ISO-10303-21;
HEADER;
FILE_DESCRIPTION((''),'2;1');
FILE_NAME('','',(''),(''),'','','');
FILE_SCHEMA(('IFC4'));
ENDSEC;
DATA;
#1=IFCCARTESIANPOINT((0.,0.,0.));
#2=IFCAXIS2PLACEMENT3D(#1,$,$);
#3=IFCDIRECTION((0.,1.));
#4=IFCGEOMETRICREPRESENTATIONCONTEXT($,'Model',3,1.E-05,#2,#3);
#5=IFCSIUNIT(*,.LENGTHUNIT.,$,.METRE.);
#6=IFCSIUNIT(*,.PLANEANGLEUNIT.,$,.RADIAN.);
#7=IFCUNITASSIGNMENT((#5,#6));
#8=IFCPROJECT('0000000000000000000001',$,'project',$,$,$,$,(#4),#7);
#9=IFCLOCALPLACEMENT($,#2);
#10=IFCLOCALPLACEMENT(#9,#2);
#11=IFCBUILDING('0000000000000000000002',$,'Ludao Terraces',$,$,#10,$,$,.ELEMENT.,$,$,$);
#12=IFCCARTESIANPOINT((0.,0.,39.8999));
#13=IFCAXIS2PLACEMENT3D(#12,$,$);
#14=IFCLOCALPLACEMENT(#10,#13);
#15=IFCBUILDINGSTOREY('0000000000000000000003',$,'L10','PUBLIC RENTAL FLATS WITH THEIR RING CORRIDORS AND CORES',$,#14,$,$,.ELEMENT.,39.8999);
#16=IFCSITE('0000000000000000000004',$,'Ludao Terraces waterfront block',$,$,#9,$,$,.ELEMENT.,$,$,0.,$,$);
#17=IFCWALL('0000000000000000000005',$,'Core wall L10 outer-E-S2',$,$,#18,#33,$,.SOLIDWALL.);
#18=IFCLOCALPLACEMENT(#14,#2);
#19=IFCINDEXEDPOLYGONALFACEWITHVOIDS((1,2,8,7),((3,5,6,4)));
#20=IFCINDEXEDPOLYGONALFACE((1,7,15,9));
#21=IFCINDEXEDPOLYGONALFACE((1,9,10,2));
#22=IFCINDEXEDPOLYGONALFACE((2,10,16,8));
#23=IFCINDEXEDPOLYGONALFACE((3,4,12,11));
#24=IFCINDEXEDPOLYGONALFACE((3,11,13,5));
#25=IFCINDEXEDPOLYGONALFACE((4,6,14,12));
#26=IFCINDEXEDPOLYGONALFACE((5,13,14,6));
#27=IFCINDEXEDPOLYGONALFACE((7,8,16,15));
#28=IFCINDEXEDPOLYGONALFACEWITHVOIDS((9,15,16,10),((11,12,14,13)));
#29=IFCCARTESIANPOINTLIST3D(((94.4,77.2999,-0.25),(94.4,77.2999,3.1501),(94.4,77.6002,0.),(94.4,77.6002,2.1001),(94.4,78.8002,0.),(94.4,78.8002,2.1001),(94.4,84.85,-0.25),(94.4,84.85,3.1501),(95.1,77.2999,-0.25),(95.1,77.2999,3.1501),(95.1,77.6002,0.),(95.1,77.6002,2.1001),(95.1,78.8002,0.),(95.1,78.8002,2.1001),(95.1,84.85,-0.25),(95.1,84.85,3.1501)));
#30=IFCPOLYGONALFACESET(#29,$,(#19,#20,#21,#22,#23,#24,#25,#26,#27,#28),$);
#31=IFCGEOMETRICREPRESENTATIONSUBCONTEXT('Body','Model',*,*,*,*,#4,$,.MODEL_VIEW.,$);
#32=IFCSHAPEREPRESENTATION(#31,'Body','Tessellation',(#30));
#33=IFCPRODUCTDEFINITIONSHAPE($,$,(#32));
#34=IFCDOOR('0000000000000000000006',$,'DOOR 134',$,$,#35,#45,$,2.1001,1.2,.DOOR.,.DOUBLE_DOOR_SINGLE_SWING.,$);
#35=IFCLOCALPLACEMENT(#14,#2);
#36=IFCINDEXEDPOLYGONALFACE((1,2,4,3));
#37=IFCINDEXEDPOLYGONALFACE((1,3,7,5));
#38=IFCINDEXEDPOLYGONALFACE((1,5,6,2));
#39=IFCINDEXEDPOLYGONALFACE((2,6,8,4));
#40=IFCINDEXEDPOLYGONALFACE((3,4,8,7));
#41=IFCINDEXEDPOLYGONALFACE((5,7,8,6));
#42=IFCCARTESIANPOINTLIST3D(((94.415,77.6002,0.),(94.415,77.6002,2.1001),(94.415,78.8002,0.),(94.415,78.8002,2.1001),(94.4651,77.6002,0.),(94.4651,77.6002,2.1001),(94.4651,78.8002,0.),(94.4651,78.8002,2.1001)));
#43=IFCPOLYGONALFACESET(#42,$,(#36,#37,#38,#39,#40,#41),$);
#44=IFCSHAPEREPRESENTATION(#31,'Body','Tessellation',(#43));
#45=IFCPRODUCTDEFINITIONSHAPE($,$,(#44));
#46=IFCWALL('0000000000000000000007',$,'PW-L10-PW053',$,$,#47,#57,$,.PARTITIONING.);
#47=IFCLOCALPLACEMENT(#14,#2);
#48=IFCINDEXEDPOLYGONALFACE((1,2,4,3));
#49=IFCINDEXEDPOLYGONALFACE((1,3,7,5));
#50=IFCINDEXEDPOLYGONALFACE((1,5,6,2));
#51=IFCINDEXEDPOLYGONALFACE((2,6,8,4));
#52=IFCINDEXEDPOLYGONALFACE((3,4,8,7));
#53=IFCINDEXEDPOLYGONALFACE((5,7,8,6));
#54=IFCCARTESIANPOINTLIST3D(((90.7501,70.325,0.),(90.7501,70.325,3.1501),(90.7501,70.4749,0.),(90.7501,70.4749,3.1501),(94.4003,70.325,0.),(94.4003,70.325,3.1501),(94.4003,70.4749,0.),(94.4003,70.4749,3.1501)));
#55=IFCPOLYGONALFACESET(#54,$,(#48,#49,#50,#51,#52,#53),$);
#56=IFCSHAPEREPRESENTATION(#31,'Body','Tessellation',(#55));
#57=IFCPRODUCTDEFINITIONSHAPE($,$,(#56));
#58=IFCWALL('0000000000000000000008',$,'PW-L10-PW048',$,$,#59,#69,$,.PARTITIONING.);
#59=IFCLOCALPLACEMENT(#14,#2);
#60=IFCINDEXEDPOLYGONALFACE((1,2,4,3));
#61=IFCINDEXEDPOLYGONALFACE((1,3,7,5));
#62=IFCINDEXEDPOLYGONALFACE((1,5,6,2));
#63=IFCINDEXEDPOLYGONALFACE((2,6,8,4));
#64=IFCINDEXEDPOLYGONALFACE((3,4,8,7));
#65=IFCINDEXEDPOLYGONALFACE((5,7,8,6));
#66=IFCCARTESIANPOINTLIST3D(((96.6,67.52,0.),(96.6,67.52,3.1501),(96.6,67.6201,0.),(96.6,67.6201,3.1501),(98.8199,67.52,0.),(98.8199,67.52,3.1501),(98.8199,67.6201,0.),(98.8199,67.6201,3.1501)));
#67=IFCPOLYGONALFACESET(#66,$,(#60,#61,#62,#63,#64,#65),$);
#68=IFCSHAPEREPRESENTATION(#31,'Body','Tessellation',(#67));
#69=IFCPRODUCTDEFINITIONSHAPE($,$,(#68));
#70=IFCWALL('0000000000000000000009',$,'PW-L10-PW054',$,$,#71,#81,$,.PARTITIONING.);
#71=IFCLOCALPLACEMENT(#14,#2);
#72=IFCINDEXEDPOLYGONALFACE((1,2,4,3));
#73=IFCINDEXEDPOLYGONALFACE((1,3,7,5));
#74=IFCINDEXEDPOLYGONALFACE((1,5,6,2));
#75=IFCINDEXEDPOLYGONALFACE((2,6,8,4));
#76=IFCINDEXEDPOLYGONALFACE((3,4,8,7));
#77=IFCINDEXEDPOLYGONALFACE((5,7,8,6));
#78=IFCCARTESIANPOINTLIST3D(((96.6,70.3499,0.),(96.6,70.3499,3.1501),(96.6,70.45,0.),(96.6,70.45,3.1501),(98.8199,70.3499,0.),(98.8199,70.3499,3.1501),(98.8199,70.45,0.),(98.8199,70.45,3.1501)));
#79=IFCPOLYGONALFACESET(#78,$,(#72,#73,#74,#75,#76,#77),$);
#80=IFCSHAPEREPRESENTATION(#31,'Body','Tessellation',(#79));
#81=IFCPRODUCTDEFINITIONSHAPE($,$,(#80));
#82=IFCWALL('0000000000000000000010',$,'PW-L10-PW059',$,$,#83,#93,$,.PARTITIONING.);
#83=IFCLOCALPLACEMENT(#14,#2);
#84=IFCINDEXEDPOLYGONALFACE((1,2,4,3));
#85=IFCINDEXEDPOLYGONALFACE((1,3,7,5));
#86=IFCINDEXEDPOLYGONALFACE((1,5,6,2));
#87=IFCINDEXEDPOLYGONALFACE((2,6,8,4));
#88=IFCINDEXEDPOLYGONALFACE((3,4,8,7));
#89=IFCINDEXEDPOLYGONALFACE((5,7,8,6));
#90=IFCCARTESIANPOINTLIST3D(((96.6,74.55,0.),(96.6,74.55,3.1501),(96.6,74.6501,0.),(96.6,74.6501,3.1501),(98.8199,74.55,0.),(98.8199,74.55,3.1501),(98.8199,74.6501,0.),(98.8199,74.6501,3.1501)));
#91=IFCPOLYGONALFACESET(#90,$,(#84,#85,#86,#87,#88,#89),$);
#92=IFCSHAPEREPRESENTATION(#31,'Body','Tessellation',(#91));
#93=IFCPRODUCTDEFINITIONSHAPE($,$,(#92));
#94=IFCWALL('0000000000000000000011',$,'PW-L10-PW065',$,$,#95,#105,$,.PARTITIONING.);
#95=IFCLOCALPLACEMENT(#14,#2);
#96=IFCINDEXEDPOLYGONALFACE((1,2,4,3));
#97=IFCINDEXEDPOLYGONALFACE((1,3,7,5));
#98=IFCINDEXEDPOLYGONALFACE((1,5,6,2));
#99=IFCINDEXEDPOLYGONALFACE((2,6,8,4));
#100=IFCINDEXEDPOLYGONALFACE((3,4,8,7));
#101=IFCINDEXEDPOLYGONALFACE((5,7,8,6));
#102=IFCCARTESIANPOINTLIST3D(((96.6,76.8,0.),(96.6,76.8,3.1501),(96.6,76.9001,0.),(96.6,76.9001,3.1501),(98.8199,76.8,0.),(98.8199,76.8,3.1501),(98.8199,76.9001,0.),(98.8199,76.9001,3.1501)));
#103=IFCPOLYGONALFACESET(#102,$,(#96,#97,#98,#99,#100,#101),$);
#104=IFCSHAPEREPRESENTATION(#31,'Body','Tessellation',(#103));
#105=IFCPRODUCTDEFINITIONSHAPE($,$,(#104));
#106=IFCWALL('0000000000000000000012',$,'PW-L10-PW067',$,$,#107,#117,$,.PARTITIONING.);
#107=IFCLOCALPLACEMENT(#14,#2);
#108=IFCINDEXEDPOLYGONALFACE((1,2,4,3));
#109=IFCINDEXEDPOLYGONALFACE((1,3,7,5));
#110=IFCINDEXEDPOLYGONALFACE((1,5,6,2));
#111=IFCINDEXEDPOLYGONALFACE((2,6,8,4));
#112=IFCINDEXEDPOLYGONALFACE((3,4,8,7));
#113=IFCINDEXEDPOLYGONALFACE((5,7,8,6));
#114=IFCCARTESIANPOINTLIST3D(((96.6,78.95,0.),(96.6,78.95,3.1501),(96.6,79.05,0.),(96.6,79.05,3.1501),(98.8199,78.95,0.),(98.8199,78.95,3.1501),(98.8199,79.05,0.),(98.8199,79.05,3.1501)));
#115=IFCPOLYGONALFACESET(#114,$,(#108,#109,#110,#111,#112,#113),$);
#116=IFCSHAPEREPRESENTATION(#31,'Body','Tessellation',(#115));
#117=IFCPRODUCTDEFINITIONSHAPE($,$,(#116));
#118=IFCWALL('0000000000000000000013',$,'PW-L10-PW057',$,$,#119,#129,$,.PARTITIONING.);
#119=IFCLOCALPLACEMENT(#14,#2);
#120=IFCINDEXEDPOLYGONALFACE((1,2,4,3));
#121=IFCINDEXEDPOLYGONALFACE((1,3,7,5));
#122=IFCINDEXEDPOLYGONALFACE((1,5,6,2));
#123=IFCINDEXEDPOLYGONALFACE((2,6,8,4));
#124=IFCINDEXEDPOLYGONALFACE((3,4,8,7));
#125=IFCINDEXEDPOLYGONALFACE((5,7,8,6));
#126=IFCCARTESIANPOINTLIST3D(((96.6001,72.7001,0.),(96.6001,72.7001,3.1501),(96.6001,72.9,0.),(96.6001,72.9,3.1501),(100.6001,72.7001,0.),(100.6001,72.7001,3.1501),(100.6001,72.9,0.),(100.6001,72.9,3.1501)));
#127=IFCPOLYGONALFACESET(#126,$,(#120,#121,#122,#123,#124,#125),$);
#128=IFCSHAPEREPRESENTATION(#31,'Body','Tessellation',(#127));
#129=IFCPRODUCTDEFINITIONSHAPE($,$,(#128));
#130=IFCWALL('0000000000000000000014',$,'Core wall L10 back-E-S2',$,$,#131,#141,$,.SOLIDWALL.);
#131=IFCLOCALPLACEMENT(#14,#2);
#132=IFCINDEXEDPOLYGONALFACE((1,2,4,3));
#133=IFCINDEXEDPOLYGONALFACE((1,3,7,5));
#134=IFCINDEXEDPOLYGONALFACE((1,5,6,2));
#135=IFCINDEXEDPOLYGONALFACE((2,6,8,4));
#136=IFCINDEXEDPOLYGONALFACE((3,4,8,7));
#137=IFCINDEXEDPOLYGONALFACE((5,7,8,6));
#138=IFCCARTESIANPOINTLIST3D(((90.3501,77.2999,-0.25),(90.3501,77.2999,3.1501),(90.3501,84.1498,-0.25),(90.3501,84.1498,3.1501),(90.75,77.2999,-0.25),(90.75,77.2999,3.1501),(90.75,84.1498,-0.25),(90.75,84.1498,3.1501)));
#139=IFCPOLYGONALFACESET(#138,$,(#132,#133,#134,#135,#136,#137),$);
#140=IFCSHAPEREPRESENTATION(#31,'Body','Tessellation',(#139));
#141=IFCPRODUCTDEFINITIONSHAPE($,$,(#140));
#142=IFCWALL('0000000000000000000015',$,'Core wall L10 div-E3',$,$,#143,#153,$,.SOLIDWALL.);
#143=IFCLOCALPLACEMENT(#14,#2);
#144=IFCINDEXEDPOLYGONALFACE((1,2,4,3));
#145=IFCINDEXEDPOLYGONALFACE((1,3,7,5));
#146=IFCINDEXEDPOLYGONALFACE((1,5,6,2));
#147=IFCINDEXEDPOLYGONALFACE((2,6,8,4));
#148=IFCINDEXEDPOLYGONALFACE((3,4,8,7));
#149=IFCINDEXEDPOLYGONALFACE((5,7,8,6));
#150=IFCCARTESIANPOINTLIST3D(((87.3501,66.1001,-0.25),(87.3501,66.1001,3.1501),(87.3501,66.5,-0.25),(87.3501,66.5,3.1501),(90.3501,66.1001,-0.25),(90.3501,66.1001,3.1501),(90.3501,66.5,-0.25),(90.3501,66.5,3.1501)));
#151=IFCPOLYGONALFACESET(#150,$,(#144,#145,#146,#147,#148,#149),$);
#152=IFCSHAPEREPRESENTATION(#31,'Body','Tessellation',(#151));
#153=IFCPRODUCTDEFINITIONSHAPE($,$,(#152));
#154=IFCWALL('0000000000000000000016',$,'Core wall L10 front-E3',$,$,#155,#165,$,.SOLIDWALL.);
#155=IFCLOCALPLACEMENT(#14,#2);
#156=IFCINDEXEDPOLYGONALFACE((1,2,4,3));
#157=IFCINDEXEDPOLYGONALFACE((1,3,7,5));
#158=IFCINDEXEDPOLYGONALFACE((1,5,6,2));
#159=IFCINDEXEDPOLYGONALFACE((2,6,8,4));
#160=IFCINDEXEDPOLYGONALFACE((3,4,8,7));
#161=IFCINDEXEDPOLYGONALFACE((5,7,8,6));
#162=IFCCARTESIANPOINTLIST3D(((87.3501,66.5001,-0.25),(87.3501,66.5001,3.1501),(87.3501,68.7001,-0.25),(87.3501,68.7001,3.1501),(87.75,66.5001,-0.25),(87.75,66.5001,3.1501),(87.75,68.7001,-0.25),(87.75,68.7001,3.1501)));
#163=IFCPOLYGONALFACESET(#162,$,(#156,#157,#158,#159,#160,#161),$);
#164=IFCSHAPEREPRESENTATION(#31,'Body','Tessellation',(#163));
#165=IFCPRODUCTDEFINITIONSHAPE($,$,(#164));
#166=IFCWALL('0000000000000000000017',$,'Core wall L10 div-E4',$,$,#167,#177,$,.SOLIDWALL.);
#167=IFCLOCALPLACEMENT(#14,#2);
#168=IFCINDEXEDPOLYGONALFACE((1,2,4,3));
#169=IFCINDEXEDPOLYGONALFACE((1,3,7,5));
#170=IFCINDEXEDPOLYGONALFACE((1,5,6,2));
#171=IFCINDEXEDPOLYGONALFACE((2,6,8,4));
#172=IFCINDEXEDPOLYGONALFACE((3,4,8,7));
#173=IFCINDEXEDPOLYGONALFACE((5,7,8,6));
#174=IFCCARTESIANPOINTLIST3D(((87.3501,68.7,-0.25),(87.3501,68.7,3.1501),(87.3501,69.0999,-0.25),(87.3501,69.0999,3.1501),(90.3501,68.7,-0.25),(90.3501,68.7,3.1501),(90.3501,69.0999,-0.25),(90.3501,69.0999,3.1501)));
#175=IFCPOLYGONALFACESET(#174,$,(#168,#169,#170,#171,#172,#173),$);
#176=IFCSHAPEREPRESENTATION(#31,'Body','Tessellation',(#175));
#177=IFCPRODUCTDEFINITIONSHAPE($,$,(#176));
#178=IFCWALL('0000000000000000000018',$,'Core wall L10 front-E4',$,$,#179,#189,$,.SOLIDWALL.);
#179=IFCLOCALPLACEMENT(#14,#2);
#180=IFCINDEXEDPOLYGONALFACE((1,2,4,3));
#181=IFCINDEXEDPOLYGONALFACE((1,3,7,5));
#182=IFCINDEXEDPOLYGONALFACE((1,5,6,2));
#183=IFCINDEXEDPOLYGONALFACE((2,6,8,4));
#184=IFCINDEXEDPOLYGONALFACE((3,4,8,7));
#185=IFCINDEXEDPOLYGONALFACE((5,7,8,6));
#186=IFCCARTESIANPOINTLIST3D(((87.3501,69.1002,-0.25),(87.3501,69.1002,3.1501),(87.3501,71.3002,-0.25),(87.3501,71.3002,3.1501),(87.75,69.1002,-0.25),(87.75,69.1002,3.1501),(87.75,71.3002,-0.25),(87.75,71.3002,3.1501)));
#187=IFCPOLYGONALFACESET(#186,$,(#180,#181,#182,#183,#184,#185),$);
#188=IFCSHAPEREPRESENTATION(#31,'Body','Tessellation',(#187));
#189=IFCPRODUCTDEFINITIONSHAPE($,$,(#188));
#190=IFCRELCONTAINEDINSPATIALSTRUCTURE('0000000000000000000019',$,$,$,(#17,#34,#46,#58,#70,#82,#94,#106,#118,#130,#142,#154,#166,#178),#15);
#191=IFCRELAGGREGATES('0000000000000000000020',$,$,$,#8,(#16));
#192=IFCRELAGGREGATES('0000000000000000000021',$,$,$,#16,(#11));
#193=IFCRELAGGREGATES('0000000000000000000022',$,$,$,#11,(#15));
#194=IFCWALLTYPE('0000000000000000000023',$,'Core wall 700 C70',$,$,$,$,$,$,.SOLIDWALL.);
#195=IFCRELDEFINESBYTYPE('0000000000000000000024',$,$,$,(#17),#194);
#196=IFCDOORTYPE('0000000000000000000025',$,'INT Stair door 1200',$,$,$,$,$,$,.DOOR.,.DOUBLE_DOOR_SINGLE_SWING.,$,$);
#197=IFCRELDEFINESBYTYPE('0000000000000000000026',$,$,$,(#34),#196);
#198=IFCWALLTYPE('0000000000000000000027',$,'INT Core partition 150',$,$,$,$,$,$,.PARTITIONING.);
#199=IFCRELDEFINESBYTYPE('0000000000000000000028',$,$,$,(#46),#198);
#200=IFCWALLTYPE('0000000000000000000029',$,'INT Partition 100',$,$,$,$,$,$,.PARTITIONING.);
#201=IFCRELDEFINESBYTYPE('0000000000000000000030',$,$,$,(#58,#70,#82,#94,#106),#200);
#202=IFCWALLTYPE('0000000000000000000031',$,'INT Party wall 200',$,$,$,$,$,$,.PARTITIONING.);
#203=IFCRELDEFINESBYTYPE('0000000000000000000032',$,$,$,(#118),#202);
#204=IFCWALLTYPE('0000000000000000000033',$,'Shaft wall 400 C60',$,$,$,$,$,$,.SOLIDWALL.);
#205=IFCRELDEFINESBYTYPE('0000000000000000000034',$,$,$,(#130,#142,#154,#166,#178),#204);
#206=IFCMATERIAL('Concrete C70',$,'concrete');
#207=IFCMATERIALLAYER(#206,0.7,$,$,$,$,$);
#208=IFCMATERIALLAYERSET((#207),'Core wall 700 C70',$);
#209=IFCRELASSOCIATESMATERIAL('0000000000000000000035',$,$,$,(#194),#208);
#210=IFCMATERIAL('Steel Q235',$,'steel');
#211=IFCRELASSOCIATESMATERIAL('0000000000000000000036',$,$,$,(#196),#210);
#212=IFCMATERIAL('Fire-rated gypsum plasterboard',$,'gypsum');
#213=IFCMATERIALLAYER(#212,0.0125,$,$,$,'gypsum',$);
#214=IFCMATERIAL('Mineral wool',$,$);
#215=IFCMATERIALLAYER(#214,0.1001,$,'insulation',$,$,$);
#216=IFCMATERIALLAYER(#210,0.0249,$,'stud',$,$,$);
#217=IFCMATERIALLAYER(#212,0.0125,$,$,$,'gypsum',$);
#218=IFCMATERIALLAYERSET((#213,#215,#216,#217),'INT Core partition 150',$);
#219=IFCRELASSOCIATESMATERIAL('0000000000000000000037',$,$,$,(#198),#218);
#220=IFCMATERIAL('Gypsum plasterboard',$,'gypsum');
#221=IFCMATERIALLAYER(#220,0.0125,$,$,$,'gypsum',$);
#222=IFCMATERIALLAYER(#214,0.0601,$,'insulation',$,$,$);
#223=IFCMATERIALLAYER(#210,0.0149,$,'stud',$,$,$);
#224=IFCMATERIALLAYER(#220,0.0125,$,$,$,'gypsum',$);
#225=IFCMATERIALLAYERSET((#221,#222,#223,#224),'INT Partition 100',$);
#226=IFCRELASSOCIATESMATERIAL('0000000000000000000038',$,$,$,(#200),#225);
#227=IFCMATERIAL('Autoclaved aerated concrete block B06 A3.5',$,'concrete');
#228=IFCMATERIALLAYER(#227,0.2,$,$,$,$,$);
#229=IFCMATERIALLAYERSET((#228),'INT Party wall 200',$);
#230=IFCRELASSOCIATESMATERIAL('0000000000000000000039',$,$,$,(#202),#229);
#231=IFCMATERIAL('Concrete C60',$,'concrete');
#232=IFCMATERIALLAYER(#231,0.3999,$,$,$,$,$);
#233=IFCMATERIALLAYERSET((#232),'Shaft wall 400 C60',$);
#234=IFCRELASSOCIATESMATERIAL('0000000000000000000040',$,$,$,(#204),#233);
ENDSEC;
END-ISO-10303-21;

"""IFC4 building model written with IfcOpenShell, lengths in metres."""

from ifc_helpers import new_model, si_unit, direction, frame, frame_2d, origin, place, context, subcontext, project, spatial, rectangle, extrude, material, layer, layer_set, type_object, element, fill, save


model = new_model("IFC4")

# Units and contexts
model_context = context("Model", 3, precision=1e-05, world=origin(), true_north=direction((0.0, 1.0)))
body_context = subcontext(model_context, "Body", "Model", "MODEL_VIEW")
ifc_project = project(units=[si_unit("LENGTHUNIT", "METRE"), si_unit("PLANEANGLEUNIT", "RADIAN")], contexts=[model_context])

# Site, building, storey
site_placement = place(None, origin())
site = spatial("IfcSite", under=ifc_project, at=site_placement, Name="Ludao Terraces waterfront block", CompositionType="ELEMENT", RefElevation=0.0)
building_placement = place(site_placement, origin())
building = spatial("IfcBuilding", under=site, at=building_placement, Name="Ludao Terraces", CompositionType="ELEMENT")
storey_placement = place(building_placement, frame((0.0, 0.0, 39.8999)))
storey = spatial("IfcBuildingStorey", under=building, at=storey_placement, Name="L10", Description="PUBLIC RENTAL FLATS WITH THEIR RING CORRIDORS AND CORES", CompositionType="ELEMENT", Elevation=39.8999)

# Wall, opening, door
ifc_material_1 = material(Name="Concrete C70", Category="concrete")
ifc_layer_1 = layer(ifc_material_1, 0.7)
ifc_layer_set_1 = layer_set([ifc_layer_1], Name="Core wall 700 C70")
wall_type_1 = type_object("IfcWallType", Name="Core wall 700 C70", PredefinedType="SOLIDWALL", material=ifc_layer_set_1)
wall_1_placement = place(storey_placement, frame((94.75, 77.3, -0.25), z_axis=(0.0, 0.0, 1.0), x_axis=(0.0, 1.0, 0.0)))
wall_1 = element("IfcWall", 1, at=wall_1_placement, inside=storey, type_object=wall_type_1, Name="Core wall L10 outer-E-S2", PredefinedType="SOLIDWALL", context=body_context, shape_type="SweptSolid", body=[
    extrude(rectangle(XDim=7.55, YDim=0.7, at=frame_2d((3.7749, 0.0))), origin(), (0.0, 0.0, 1.0), 3.4001),
])
opening_1_placement = place(wall_1_placement, frame((0.3, 0.0, 0.25)))
opening_1 = element("IfcOpeningElement", 2, at=opening_1_placement, cuts=wall_1, PredefinedType="OPENING", context=body_context, shape_type="SweptSolid", body=[
    extrude(rectangle(XDim=1.2, YDim=2.1001, at=frame_2d((0.6001, 1.05))), frame((0.0, 0.3599, 0.0), z_axis=(0.0, -1.0, 0.0), x_axis=(1.0, 0.0, 0.0)), (0.0, 0.0, 1.0), 0.72),
])
ifc_material_2 = material(Name="Steel Q235", Category="steel")
door_type_1 = type_object("IfcDoorType", Name="INT Stair door 1200", OperationType="DOUBLE_DOOR_SINGLE_SWING", PredefinedType="DOOR", material=ifc_material_2)
door_1_placement = place(opening_1_placement, origin())
door_1 = element("IfcDoor", 3, at=door_1_placement, inside=storey, type_object=door_type_1, Name="DOOR 134", OperationType="DOUBLE_DOOR_SINGLE_SWING", OverallHeight=2.1001, OverallWidth=1.2, PredefinedType="DOOR", context=body_context, shape_type="SweptSolid", body=[
    extrude(rectangle(XDim=1.2, YDim=2.1001, at=frame_2d((0.6001, 1.05))), frame((0.0, 0.335, 0.0), z_axis=(0.0, -1.0, 0.0), x_axis=(1.0, 0.0, 0.0)), (0.0, 0.0, 1.0), 0.05),
])
fill(opening_1, door_1)

# Walls
ifc_material_3 = material(Name="Fire-rated gypsum plasterboard", Category="gypsum")
ifc_layer_2 = layer(ifc_material_3, 0.0125, Category="gypsum")
ifc_material_4 = material(Name="Mineral wool")
ifc_layer_3 = layer(ifc_material_4, 0.1001, Name="insulation")
ifc_layer_4 = layer(ifc_material_2, 0.0249, Name="stud")
ifc_layer_5 = layer(ifc_material_3, 0.0125, Category="gypsum")
ifc_layer_set_2 = layer_set([ifc_layer_2, ifc_layer_3, ifc_layer_4, ifc_layer_5], Name="INT Core partition 150")
wall_type_2 = type_object("IfcWallType", Name="INT Core partition 150", PredefinedType="PARTITIONING", material=ifc_layer_set_2)
wall_2_placement = place(storey_placement, frame((90.75, 70.3999, 0.0), z_axis=(0.0, 0.0, 1.0), x_axis=(1.0, 0.0, 0.0)))
element("IfcWall", 4, at=wall_2_placement, inside=storey, type_object=wall_type_2, Name="PW-L10-PW053", PredefinedType="PARTITIONING", context=body_context, shape_type="SweptSolid", body=[
    extrude(rectangle(XDim=3.6501, YDim=0.1499, at=frame_2d((1.8252, 0.0))), origin(), (0.0, 0.0, 1.0), 3.1501),
])
ifc_material_5 = material(Name="Gypsum plasterboard", Category="gypsum")
ifc_layer_6 = layer(ifc_material_5, 0.0125, Category="gypsum")
ifc_layer_7 = layer(ifc_material_4, 0.0601, Name="insulation")
ifc_layer_8 = layer(ifc_material_2, 0.0149, Name="stud")
ifc_layer_9 = layer(ifc_material_5, 0.0125, Category="gypsum")
ifc_layer_set_3 = layer_set([ifc_layer_6, ifc_layer_7, ifc_layer_8, ifc_layer_9], Name="INT Partition 100")
wall_type_3 = type_object("IfcWallType", Name="INT Partition 100", PredefinedType="PARTITIONING", material=ifc_layer_set_3)
for number, where, z_axis, x_axis, name in (
    (5, (96.6001, 67.5701, 0.0), (0.0, 0.0, 1.0), (1.0, 0.0, 0.0), "PW-L10-PW048"),
    (6, (96.6001, 70.3999, 0.0), (0.0, 0.0, 1.0), (1.0, 0.0, 0.0), "PW-L10-PW054"),
    (7, (96.6001, 74.6001, 0.0), (0.0, 0.0, 1.0), (1.0, 0.0, 0.0), "PW-L10-PW059"),
    (8, (96.6001, 76.8501, 0.0), (0.0, 0.0, 1.0), (1.0, 0.0, 0.0), "PW-L10-PW065"),
    (9, (96.6001, 79.0, 0.0), (0.0, 0.0, 1.0), (1.0, 0.0, 0.0), "PW-L10-PW067"),
):
    element("IfcWall", number, at=place(storey_placement, frame(where, z_axis=z_axis, x_axis=x_axis)), inside=storey, type_object=wall_type_3, Name=name, PredefinedType="PARTITIONING", context=body_context, shape_type="SweptSolid", body=[
        extrude(rectangle(XDim=2.22, YDim=0.1001, at=frame_2d((1.1099, 0.0))), origin(), (0.0, 0.0, 1.0), 3.1501),
    ])
ifc_material_6 = material(Name="Autoclaved aerated concrete block B06 A3.5", Category="concrete")
ifc_layer_10 = layer(ifc_material_6, 0.2)
ifc_layer_set_4 = layer_set([ifc_layer_10], Name="INT Party wall 200")
wall_type_4 = type_object("IfcWallType", Name="INT Party wall 200", PredefinedType="PARTITIONING", material=ifc_layer_set_4)
wall_3_placement = place(storey_placement, frame((96.6001, 72.8, 0.0), z_axis=(0.0, 0.0, 1.0), x_axis=(1.0, 0.0, 0.0)))
element("IfcWall", 10, at=wall_3_placement, inside=storey, type_object=wall_type_4, Name="PW-L10-PW057", PredefinedType="PARTITIONING", context=body_context, shape_type="SweptSolid", body=[
    extrude(rectangle(XDim=4.0, YDim=0.2, at=frame_2d((2.0, 0.0))), origin(), (0.0, 0.0, 1.0), 3.1501),
])
ifc_material_7 = material(Name="Concrete C60", Category="concrete")
ifc_layer_11 = layer(ifc_material_7, 0.3999)
ifc_layer_set_5 = layer_set([ifc_layer_11], Name="Shaft wall 400 C60")
wall_type_5 = type_object("IfcWallType", Name="Shaft wall 400 C60", PredefinedType="SOLIDWALL", material=ifc_layer_set_5)
wall_4_placement = place(storey_placement, frame((90.55, 77.3, -0.25), z_axis=(0.0, 0.0, 1.0), x_axis=(0.0, 1.0, 0.0)))
element("IfcWall", 11, at=wall_4_placement, inside=storey, type_object=wall_type_5, Name="Core wall L10 back-E-S2", PredefinedType="SOLIDWALL", context=body_context, shape_type="SweptSolid", body=[
    extrude(rectangle(XDim=6.8499, YDim=0.3999, at=frame_2d((3.4248, 0.0))), origin(), (0.0, 0.0, 1.0), 3.4001),
])
wall_5_placement = place(storey_placement, frame((87.3501, 66.3, -0.25), z_axis=(0.0, 0.0, 1.0), x_axis=(1.0, 0.0, 0.0)))
element("IfcWall", 12, at=wall_5_placement, inside=storey, type_object=wall_type_5, Name="Core wall L10 div-E3", PredefinedType="SOLIDWALL", context=body_context, shape_type="SweptSolid", body=[
    extrude(rectangle(XDim=3.0, YDim=0.3999, at=frame_2d((1.5, 0.0))), origin(), (0.0, 0.0, 1.0), 3.4001),
])
wall_6_placement = place(storey_placement, frame((87.55, 66.5, -0.25), z_axis=(0.0, 0.0, 1.0), x_axis=(0.0, 1.0, 0.0)))
element("IfcWall", 13, at=wall_6_placement, inside=storey, type_object=wall_type_5, Name="Core wall L10 front-E3", PredefinedType="SOLIDWALL", context=body_context, shape_type="SweptSolid", body=[
    extrude(rectangle(XDim=2.2, YDim=0.3999, at=frame_2d((1.1001, 0.0))), origin(), (0.0, 0.0, 1.0), 3.4001),
])
wall_7_placement = place(storey_placement, frame((87.3501, 68.8999, -0.25), z_axis=(0.0, 0.0, 1.0), x_axis=(1.0, 0.0, 0.0)))
element("IfcWall", 14, at=wall_7_placement, inside=storey, type_object=wall_type_5, Name="Core wall L10 div-E4", PredefinedType="SOLIDWALL", context=body_context, shape_type="SweptSolid", body=[
    extrude(rectangle(XDim=3.0, YDim=0.3999, at=frame_2d((1.5, 0.0))), origin(), (0.0, 0.0, 1.0), 3.4001),
])
wall_8_placement = place(storey_placement, frame((87.55, 69.1001, -0.25), z_axis=(0.0, 0.0, 1.0), x_axis=(0.0, 1.0, 0.0)))
element("IfcWall", 15, at=wall_8_placement, inside=storey, type_object=wall_type_5, Name="Core wall L10 front-E4", PredefinedType="SOLIDWALL", context=body_context, shape_type="SweptSolid", body=[
    extrude(rectangle(XDim=2.2, YDim=0.3999, at=frame_2d((1.1001, 0.0))), origin(), (0.0, 0.0, 1.0), 3.4001),
])

save(model, "model.ifc")
